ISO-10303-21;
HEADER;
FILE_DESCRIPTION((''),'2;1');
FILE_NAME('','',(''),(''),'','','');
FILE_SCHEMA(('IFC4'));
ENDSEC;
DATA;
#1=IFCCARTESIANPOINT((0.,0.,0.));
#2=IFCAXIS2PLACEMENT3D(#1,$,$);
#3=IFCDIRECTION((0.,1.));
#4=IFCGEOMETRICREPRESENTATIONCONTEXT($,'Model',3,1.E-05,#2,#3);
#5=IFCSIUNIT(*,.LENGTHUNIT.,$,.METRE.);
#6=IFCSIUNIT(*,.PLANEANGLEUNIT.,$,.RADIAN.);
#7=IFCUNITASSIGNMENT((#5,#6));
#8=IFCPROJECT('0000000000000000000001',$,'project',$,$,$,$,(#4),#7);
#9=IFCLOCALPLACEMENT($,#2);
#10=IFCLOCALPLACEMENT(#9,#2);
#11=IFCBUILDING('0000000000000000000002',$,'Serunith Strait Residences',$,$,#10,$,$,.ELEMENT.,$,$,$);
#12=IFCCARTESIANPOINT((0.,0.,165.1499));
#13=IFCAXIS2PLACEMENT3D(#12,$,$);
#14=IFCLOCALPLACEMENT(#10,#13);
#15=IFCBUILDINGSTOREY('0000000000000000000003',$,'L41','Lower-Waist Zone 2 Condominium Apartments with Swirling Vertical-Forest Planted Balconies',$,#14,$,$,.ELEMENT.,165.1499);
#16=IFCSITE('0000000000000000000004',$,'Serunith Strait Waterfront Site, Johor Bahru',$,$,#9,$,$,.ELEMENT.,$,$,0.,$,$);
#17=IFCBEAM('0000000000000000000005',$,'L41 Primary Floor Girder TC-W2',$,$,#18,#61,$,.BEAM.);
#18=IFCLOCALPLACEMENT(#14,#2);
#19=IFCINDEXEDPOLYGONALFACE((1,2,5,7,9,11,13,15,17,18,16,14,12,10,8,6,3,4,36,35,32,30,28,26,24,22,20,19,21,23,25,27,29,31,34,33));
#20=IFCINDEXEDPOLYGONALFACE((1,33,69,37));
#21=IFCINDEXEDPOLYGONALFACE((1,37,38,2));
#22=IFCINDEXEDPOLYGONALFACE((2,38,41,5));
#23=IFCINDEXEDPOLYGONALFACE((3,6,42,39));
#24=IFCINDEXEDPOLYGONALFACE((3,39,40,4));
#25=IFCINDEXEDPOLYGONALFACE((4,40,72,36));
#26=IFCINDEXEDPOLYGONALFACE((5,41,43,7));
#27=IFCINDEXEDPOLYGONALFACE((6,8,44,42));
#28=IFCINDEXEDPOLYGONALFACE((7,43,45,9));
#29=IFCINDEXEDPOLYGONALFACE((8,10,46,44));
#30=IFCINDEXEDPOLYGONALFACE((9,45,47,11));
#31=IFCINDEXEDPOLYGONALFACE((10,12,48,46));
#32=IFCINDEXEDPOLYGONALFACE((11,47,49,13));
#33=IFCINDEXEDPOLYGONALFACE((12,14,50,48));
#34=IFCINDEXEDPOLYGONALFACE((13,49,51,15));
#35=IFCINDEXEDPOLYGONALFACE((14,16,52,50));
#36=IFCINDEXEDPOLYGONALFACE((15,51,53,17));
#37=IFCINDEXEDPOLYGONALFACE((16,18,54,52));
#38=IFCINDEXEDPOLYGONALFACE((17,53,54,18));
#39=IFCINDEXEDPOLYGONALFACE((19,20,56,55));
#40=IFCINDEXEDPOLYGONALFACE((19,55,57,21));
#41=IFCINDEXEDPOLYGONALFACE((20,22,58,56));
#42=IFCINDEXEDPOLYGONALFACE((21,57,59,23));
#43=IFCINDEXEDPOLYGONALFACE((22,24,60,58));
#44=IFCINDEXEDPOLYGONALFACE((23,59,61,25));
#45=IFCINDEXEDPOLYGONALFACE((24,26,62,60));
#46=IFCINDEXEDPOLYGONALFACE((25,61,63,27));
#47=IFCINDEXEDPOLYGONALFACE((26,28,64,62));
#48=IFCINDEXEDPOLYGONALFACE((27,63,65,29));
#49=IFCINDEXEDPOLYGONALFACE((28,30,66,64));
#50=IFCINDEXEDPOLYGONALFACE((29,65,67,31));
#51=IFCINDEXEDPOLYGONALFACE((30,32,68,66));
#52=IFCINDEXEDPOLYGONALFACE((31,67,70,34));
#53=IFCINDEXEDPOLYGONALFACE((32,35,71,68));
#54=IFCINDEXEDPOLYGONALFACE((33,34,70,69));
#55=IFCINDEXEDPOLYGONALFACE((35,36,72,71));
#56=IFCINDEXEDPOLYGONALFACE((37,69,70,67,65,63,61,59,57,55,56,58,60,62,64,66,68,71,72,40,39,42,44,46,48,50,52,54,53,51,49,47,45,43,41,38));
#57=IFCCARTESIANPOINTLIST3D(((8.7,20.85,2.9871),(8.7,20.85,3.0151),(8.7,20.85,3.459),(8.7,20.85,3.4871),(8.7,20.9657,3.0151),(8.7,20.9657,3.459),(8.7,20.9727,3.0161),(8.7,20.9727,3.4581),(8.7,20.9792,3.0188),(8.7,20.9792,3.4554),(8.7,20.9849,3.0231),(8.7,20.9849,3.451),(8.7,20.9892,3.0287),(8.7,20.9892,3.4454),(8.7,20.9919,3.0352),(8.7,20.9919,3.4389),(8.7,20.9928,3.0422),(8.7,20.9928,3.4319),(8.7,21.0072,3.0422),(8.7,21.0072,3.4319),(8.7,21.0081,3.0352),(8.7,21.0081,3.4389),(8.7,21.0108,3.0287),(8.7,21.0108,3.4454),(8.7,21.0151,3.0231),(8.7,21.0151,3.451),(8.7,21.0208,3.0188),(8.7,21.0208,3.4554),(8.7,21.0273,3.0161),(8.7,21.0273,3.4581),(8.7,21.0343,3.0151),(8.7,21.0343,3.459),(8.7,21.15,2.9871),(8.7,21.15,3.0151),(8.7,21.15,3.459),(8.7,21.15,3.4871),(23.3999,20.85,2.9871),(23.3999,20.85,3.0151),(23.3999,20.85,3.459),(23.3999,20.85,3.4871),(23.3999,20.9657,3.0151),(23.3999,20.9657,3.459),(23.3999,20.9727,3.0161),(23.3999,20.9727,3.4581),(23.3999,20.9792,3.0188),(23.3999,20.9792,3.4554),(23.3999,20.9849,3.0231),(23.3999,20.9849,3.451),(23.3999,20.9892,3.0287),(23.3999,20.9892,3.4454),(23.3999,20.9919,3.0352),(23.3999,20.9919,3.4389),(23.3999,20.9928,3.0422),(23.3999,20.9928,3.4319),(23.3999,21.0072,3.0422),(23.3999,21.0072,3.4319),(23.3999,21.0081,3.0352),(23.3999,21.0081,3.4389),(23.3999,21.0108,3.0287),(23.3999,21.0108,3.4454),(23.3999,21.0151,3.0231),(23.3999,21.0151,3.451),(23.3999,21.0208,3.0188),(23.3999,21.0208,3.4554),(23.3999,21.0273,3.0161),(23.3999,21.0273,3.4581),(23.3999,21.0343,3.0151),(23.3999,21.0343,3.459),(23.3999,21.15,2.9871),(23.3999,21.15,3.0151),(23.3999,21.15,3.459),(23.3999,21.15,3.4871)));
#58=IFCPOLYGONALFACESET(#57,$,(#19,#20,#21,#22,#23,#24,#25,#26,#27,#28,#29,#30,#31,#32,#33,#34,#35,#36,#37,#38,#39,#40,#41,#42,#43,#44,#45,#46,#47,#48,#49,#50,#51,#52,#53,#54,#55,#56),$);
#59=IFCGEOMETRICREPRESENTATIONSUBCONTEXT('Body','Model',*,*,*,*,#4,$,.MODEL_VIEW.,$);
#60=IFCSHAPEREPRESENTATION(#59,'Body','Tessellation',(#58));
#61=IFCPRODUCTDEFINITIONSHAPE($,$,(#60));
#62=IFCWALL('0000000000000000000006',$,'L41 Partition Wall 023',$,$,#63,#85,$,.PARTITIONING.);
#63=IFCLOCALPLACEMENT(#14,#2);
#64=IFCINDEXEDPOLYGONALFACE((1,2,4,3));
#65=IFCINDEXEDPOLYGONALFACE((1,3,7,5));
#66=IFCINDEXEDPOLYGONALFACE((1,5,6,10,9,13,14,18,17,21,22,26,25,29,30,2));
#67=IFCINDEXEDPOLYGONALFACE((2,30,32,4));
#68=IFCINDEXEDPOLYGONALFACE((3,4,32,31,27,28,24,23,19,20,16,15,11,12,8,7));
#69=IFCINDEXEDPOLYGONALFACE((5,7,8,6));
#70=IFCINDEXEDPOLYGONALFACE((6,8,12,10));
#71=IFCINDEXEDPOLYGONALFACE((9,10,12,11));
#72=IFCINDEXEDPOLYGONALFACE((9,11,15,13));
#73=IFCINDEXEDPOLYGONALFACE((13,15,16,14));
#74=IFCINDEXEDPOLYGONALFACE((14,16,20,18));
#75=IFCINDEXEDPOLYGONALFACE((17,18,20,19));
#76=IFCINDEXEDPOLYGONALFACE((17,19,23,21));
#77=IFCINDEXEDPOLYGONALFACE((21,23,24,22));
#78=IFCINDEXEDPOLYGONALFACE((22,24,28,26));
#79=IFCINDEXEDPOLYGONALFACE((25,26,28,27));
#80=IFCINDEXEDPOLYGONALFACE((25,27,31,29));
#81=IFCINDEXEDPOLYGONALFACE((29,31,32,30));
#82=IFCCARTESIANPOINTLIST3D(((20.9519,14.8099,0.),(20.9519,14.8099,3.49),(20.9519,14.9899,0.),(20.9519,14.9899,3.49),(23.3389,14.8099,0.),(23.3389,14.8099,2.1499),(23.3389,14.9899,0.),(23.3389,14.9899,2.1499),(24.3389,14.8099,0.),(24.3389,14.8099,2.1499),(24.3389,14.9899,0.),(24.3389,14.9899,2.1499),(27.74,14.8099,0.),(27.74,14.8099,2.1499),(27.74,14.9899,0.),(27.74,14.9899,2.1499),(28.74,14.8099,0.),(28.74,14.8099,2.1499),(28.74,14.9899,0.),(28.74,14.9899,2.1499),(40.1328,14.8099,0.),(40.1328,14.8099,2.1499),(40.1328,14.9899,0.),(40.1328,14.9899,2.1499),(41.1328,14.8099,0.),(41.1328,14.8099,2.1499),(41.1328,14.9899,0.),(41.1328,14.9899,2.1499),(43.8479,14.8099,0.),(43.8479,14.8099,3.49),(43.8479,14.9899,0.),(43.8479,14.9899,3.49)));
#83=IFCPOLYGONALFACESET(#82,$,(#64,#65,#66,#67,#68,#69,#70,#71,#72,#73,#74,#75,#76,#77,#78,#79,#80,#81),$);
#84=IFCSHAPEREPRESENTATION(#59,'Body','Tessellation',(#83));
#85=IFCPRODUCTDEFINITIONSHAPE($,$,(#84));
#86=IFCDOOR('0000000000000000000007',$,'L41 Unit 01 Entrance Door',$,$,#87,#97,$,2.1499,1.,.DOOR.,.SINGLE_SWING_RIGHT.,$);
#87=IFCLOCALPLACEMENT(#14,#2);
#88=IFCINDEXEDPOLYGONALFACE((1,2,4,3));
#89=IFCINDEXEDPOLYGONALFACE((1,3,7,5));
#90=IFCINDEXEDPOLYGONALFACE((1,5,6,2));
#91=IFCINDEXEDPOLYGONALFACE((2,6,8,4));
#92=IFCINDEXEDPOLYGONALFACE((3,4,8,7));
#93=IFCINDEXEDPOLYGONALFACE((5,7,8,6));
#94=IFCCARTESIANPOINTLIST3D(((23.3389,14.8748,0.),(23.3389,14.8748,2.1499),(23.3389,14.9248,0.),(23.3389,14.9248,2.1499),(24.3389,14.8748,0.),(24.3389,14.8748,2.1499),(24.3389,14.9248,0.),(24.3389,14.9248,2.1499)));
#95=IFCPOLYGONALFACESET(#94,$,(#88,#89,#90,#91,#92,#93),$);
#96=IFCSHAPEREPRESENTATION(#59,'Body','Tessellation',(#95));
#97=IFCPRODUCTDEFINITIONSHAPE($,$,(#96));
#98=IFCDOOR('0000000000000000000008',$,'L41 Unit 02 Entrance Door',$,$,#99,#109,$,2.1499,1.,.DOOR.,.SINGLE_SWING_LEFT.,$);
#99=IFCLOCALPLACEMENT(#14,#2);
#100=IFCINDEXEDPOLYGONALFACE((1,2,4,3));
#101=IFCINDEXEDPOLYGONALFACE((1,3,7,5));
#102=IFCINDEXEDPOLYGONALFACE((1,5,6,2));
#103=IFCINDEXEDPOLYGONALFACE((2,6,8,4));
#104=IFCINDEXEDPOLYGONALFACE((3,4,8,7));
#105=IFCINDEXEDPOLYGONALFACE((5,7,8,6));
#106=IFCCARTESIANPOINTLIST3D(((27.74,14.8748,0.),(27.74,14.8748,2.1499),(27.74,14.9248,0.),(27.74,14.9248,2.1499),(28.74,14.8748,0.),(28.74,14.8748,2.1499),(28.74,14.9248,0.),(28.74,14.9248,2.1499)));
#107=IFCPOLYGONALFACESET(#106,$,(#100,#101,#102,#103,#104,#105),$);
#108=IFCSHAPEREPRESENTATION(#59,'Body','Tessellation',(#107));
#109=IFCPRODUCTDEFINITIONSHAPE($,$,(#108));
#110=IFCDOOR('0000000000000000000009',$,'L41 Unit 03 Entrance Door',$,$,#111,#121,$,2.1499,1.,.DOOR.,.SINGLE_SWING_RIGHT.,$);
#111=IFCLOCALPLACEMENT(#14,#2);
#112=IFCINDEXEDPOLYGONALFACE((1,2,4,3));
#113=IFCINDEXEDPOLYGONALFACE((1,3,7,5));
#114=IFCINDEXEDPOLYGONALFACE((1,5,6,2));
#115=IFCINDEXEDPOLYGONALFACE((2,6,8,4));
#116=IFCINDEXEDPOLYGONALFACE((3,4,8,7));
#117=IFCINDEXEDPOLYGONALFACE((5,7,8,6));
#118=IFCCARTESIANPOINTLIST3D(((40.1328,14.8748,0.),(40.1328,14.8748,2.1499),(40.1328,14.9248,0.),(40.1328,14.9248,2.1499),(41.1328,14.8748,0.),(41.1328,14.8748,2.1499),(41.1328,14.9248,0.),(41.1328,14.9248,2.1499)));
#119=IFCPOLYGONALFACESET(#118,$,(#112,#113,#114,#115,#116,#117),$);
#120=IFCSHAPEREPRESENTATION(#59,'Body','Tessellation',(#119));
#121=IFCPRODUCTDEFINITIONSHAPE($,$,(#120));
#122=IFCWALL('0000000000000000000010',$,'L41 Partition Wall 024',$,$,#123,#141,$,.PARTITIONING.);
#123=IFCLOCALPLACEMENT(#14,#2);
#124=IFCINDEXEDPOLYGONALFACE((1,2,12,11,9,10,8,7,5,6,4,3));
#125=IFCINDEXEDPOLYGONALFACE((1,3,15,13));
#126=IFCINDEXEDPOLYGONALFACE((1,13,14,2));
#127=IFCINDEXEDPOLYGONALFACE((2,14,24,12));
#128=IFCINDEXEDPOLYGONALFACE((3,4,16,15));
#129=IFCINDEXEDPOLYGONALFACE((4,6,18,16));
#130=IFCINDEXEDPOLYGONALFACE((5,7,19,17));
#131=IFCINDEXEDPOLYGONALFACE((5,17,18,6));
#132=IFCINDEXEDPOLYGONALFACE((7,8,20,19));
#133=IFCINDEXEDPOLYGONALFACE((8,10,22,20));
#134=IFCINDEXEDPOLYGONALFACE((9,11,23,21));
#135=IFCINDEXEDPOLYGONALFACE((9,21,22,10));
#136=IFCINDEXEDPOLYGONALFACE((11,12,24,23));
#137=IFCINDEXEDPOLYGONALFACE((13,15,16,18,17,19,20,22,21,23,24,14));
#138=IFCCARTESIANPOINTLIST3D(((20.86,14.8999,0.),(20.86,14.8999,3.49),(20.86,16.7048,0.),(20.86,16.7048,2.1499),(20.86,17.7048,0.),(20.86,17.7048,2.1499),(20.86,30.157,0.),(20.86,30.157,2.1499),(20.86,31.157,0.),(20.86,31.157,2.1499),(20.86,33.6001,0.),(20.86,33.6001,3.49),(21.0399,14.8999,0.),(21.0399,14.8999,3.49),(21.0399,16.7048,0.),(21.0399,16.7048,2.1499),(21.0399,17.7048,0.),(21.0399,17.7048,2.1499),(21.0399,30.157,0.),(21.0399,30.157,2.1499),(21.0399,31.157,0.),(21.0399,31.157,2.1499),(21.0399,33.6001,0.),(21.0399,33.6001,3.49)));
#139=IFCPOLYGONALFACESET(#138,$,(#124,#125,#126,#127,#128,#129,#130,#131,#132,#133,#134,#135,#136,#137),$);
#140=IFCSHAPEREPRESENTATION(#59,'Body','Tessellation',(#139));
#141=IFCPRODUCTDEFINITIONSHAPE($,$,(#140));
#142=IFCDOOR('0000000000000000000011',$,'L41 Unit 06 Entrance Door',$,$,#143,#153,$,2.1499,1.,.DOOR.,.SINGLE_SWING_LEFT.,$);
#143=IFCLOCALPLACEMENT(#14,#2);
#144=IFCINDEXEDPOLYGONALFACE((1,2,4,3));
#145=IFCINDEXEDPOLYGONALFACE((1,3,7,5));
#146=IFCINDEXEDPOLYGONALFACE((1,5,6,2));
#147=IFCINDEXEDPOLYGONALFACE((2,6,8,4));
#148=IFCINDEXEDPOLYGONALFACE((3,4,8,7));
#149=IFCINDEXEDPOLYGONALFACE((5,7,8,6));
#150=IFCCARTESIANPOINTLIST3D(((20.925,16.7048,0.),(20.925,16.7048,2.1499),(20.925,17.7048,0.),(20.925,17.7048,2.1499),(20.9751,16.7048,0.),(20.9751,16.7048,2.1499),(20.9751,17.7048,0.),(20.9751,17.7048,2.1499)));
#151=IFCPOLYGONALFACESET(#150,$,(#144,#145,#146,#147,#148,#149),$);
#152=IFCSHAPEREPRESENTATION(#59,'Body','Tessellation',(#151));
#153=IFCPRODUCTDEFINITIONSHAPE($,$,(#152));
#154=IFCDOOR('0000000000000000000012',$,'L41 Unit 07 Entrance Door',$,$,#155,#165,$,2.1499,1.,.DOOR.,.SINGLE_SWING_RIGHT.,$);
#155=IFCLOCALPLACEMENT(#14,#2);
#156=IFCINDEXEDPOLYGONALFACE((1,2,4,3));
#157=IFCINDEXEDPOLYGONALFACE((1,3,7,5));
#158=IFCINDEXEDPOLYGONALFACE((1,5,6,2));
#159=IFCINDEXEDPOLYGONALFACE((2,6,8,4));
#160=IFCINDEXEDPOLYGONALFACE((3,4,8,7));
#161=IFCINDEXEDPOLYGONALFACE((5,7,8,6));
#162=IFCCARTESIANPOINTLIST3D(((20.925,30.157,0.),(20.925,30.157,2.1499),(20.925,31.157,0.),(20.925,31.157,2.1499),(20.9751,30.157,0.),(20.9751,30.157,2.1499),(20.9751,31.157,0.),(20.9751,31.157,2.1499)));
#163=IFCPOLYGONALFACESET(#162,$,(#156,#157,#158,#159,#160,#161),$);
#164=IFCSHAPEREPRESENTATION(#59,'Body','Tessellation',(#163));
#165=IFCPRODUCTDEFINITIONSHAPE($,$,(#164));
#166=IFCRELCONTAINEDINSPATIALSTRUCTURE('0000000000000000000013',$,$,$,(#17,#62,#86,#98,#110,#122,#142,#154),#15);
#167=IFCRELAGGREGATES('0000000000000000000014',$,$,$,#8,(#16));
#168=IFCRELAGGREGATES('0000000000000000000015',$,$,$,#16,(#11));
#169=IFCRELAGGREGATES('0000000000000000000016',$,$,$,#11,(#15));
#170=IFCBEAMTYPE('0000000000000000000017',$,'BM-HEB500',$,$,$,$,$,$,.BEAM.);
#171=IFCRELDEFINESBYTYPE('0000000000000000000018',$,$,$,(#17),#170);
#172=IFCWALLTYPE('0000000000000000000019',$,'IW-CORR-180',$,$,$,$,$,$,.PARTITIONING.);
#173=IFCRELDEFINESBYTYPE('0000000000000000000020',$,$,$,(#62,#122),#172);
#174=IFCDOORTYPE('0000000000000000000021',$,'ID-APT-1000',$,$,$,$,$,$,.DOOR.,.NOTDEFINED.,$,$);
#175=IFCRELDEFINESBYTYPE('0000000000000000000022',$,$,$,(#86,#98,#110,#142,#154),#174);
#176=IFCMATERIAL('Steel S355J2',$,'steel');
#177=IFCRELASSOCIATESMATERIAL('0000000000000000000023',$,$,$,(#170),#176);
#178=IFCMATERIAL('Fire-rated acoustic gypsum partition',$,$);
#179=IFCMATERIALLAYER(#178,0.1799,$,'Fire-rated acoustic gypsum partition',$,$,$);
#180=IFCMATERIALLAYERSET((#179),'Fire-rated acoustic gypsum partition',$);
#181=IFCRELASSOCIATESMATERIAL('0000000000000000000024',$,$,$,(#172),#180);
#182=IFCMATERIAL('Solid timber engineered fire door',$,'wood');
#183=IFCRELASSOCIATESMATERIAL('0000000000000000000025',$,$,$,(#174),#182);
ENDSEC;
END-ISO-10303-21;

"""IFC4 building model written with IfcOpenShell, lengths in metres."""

from ifc_helpers import new_model, si_unit, direction, frame, frame_2d, origin, origin_2d, place, context, subcontext, project, spatial, rectangle, i_section, extrude, source, transform, mapped, material, layer, layer_set, material_profile, profile_set, type_object, element, fill, save


model = new_model("IFC4")

# Units and contexts
model_context = context("Model", 3, precision=1e-05, world=origin(), true_north=direction((0.0, 1.0)))
body_context = subcontext(model_context, "Body", "Model", "MODEL_VIEW")
ifc_project = project(units=[si_unit("LENGTHUNIT", "METRE"), si_unit("PLANEANGLEUNIT", "RADIAN")], contexts=[model_context])

# Site, building, storey
site_placement = place(None, origin())
site = spatial("IfcSite", under=ifc_project, at=site_placement, Name="Serunith Strait Waterfront Site, Johor Bahru", CompositionType="ELEMENT", RefElevation=0.0)
building_placement = place(site_placement, origin())
building = spatial("IfcBuilding", under=site, at=building_placement, Name="Serunith Strait Residences", CompositionType="ELEMENT")
storey_placement = place(building_placement, frame((0.0, 0.0, 165.1499)))
storey = spatial("IfcBuildingStorey", under=building, at=storey_placement, Name="L41", Description="Lower-Waist Zone 2 Condominium Apartments with Swirling Vertical-Forest Planted Balconies", CompositionType="ELEMENT", Elevation=165.1499)

# Beam
ifc_material_1 = material(Name="Steel S355J2", Category="steel")
ifc_material_profile = material_profile(ifc_material_1, i_section(OverallWidth=0.3, OverallDepth=0.5, WebThickness=0.0144, FlangeThickness=0.0281, FilletRadius=0.0271, at=origin_2d()), Name="HEB 500")
ifc_profile_set = profile_set([ifc_material_profile], Name="Steel S355J2")
beam_type = type_object("IfcBeamType", Name="BM-HEB500", PredefinedType="BEAM", material=ifc_profile_set)
shared_shape_1 = source(origin(), body_context, "Body", "SweptSolid", [
    extrude(i_section(OverallWidth=0.3, OverallDepth=0.5, WebThickness=0.0144, FlangeThickness=0.0281, FilletRadius=0.0271, at=origin_2d()), origin(), (0.0, 0.0, 1.0), 14.7),
])
beam_placement = place(storey_placement, frame((23.3999, 21.0, 3.2371), z_axis=(-1.0, 0.0, 0.0), x_axis=(0.0, -1.0, 0.0)))
element("IfcBeam", 1, at=beam_placement, inside=storey, type_object=beam_type, Name="L41 Primary Floor Girder TC-W2", PredefinedType="BEAM", context=body_context, shape_type="MappedRepresentation", body=[
    mapped(shared_shape_1, transform((0.0, 0.0, 0.0), scale=1.0)),
])

# Walls, openings, doors
ifc_material_2 = material(Name="Fire-rated acoustic gypsum partition")
ifc_layer_1 = layer(ifc_material_2, 0.1799, Name="Fire-rated acoustic gypsum partition")
ifc_layer_set_1 = layer_set([ifc_layer_1], Name="Fire-rated acoustic gypsum partition")
wall_type_1 = type_object("IfcWallType", Name="IW-CORR-180", PredefinedType="PARTITIONING", material=ifc_layer_set_1)
wall_1_placement = place(storey_placement, frame((20.9519, 14.8999, 0.0), z_axis=(0.0, 0.0, 1.0), x_axis=(1.0, 0.0, 0.0)))
wall_1 = element("IfcWall", 2, at=wall_1_placement, inside=storey, type_object=wall_type_1, Name="L41 Partition Wall 023", PredefinedType="PARTITIONING", context=body_context, shape_type="SweptSolid", body=[
    extrude(rectangle(XDim=22.896, YDim=0.1799, at=frame_2d((11.448, 0.0))), origin(), (0.0, 0.0, 1.0), 3.49),
])
opening_1_placement = place(wall_1_placement, frame((2.387, 0.0, 0.0)))
opening_1 = element("IfcOpeningElement", 3, at=opening_1_placement, cuts=wall_1, PredefinedType="OPENING", context=body_context, shape_type="SweptSolid", body=[
    extrude(rectangle(XDim=1.0, YDim=2.1499, at=frame_2d((0.5, 1.075))), frame((0.0, 0.1001, 0.0), z_axis=(0.0, -1.0, 0.0), x_axis=(1.0, 0.0, 0.0)), (0.0, 0.0, 1.0), 0.2),
])
opening_2_placement = place(wall_1_placement, frame((6.7881, 0.0, 0.0)))
opening_2 = element("IfcOpeningElement", 4, at=opening_2_placement, cuts=wall_1, PredefinedType="OPENING", context=body_context, shape_type="SweptSolid", body=[
    extrude(rectangle(XDim=1.0, YDim=2.1499, at=frame_2d((0.5, 1.075))), frame((0.0, 0.1001, 0.0), z_axis=(0.0, -1.0, 0.0), x_axis=(1.0, 0.0, 0.0)), (0.0, 0.0, 1.0), 0.2),
])
opening_3_placement = place(wall_1_placement, frame((19.1809, 0.0, 0.0)))
opening_3 = element("IfcOpeningElement", 5, at=opening_3_placement, cuts=wall_1, PredefinedType="OPENING", context=body_context, shape_type="SweptSolid", body=[
    extrude(rectangle(XDim=1.0, YDim=2.1499, at=frame_2d((0.5, 1.075))), frame((0.0, 0.1001, 0.0), z_axis=(0.0, -1.0, 0.0), x_axis=(1.0, 0.0, 0.0)), (0.0, 0.0, 1.0), 0.2),
])
ifc_material_3 = material(Name="Solid timber engineered fire door", Category="wood")
door_type_1 = type_object("IfcDoorType", Name="ID-APT-1000", OperationType="NOTDEFINED", PredefinedType="DOOR", material=ifc_material_3)
shared_shape_2 = source(origin(), body_context, "Body", "SweptSolid", [
    extrude(rectangle(XDim=1.0, YDim=2.1499, at=frame_2d((0.5, 1.075))), frame((0.0, 0.0249, 0.0), z_axis=(0.0, -1.0, 0.0), x_axis=(1.0, 0.0, 0.0)), (0.0, 0.0, 1.0), 0.05),
])
door_1_placement = place(opening_1_placement, origin())
door_1 = element("IfcDoor", 6, at=door_1_placement, inside=storey, type_object=door_type_1, Name="L41 Unit 01 Entrance Door", OperationType="SINGLE_SWING_RIGHT", OverallHeight=2.1499, OverallWidth=1.0, PredefinedType="DOOR", context=body_context, shape_type="MappedRepresentation", body=[
    mapped(shared_shape_2, transform((0.0, 0.0, 0.0), scale=1.0)),
])
fill(opening_1, door_1)
door_2_placement = place(opening_2_placement, origin())
door_2 = element("IfcDoor", 7, at=door_2_placement, inside=storey, type_object=door_type_1, Name="L41 Unit 02 Entrance Door", OperationType="SINGLE_SWING_LEFT", OverallHeight=2.1499, OverallWidth=1.0, PredefinedType="DOOR", context=body_context, shape_type="MappedRepresentation", body=[
    mapped(shared_shape_2, transform((0.0, 0.0, 0.0), scale=1.0)),
])
fill(opening_2, door_2)
door_3_placement = place(opening_3_placement, origin())
door_3 = element("IfcDoor", 8, at=door_3_placement, inside=storey, type_object=door_type_1, Name="L41 Unit 03 Entrance Door", OperationType="SINGLE_SWING_RIGHT", OverallHeight=2.1499, OverallWidth=1.0, PredefinedType="DOOR", context=body_context, shape_type="MappedRepresentation", body=[
    mapped(shared_shape_2, transform((0.0, 0.0, 0.0), scale=1.0)),
])
fill(opening_3, door_3)
wall_2_placement = place(storey_placement, frame((20.95, 14.8999, 0.0), z_axis=(0.0, 0.0, 1.0), x_axis=(0.0, 1.0, 0.0)))
wall_2 = element("IfcWall", 9, at=wall_2_placement, inside=storey, type_object=wall_type_1, Name="L41 Partition Wall 024", PredefinedType="PARTITIONING", context=body_context, shape_type="SweptSolid", body=[
    extrude(rectangle(XDim=18.7002, YDim=0.1799, at=frame_2d((9.3501, 0.0))), origin(), (0.0, 0.0, 1.0), 3.49),
])
opening_4_placement = place(wall_2_placement, frame((1.8049, 0.0, 0.0)))
opening_4 = element("IfcOpeningElement", 10, at=opening_4_placement, cuts=wall_2, PredefinedType="OPENING", context=body_context, shape_type="SweptSolid", body=[
    extrude(rectangle(XDim=1.0, YDim=2.1499, at=frame_2d((0.5, 1.075))), frame((0.0, 0.1001, 0.0), z_axis=(0.0, -1.0, 0.0), x_axis=(1.0, 0.0, 0.0)), (0.0, 0.0, 1.0), 0.2),
])
opening_5_placement = place(wall_2_placement, frame((15.2571, 0.0, 0.0)))
opening_5 = element("IfcOpeningElement", 11, at=opening_5_placement, cuts=wall_2, PredefinedType="OPENING", context=body_context, shape_type="SweptSolid", body=[
    extrude(rectangle(XDim=1.0, YDim=2.1499, at=frame_2d((0.5, 1.075))), frame((0.0, 0.1001, 0.0), z_axis=(0.0, -1.0, 0.0), x_axis=(1.0, 0.0, 0.0)), (0.0, 0.0, 1.0), 0.2),
])
door_4_placement = place(opening_4_placement, origin())
door_4 = element("IfcDoor", 12, at=door_4_placement, inside=storey, type_object=door_type_1, Name="L41 Unit 06 Entrance Door", OperationType="SINGLE_SWING_LEFT", OverallHeight=2.1499, OverallWidth=1.0, PredefinedType="DOOR", context=body_context, shape_type="MappedRepresentation", body=[
    mapped(shared_shape_2, transform((0.0, 0.0, 0.0), scale=1.0)),
])
fill(opening_4, door_4)
door_5_placement = place(opening_5_placement, origin())
door_5 = element("IfcDoor", 13, at=door_5_placement, inside=storey, type_object=door_type_1, Name="L41 Unit 07 Entrance Door", OperationType="SINGLE_SWING_RIGHT", OverallHeight=2.1499, OverallWidth=1.0, PredefinedType="DOOR", context=body_context, shape_type="MappedRepresentation", body=[
    mapped(shared_shape_2, transform((0.0, 0.0, 0.0), scale=1.0)),
])
fill(opening_5, door_5)

save(model, "model.ifc")
